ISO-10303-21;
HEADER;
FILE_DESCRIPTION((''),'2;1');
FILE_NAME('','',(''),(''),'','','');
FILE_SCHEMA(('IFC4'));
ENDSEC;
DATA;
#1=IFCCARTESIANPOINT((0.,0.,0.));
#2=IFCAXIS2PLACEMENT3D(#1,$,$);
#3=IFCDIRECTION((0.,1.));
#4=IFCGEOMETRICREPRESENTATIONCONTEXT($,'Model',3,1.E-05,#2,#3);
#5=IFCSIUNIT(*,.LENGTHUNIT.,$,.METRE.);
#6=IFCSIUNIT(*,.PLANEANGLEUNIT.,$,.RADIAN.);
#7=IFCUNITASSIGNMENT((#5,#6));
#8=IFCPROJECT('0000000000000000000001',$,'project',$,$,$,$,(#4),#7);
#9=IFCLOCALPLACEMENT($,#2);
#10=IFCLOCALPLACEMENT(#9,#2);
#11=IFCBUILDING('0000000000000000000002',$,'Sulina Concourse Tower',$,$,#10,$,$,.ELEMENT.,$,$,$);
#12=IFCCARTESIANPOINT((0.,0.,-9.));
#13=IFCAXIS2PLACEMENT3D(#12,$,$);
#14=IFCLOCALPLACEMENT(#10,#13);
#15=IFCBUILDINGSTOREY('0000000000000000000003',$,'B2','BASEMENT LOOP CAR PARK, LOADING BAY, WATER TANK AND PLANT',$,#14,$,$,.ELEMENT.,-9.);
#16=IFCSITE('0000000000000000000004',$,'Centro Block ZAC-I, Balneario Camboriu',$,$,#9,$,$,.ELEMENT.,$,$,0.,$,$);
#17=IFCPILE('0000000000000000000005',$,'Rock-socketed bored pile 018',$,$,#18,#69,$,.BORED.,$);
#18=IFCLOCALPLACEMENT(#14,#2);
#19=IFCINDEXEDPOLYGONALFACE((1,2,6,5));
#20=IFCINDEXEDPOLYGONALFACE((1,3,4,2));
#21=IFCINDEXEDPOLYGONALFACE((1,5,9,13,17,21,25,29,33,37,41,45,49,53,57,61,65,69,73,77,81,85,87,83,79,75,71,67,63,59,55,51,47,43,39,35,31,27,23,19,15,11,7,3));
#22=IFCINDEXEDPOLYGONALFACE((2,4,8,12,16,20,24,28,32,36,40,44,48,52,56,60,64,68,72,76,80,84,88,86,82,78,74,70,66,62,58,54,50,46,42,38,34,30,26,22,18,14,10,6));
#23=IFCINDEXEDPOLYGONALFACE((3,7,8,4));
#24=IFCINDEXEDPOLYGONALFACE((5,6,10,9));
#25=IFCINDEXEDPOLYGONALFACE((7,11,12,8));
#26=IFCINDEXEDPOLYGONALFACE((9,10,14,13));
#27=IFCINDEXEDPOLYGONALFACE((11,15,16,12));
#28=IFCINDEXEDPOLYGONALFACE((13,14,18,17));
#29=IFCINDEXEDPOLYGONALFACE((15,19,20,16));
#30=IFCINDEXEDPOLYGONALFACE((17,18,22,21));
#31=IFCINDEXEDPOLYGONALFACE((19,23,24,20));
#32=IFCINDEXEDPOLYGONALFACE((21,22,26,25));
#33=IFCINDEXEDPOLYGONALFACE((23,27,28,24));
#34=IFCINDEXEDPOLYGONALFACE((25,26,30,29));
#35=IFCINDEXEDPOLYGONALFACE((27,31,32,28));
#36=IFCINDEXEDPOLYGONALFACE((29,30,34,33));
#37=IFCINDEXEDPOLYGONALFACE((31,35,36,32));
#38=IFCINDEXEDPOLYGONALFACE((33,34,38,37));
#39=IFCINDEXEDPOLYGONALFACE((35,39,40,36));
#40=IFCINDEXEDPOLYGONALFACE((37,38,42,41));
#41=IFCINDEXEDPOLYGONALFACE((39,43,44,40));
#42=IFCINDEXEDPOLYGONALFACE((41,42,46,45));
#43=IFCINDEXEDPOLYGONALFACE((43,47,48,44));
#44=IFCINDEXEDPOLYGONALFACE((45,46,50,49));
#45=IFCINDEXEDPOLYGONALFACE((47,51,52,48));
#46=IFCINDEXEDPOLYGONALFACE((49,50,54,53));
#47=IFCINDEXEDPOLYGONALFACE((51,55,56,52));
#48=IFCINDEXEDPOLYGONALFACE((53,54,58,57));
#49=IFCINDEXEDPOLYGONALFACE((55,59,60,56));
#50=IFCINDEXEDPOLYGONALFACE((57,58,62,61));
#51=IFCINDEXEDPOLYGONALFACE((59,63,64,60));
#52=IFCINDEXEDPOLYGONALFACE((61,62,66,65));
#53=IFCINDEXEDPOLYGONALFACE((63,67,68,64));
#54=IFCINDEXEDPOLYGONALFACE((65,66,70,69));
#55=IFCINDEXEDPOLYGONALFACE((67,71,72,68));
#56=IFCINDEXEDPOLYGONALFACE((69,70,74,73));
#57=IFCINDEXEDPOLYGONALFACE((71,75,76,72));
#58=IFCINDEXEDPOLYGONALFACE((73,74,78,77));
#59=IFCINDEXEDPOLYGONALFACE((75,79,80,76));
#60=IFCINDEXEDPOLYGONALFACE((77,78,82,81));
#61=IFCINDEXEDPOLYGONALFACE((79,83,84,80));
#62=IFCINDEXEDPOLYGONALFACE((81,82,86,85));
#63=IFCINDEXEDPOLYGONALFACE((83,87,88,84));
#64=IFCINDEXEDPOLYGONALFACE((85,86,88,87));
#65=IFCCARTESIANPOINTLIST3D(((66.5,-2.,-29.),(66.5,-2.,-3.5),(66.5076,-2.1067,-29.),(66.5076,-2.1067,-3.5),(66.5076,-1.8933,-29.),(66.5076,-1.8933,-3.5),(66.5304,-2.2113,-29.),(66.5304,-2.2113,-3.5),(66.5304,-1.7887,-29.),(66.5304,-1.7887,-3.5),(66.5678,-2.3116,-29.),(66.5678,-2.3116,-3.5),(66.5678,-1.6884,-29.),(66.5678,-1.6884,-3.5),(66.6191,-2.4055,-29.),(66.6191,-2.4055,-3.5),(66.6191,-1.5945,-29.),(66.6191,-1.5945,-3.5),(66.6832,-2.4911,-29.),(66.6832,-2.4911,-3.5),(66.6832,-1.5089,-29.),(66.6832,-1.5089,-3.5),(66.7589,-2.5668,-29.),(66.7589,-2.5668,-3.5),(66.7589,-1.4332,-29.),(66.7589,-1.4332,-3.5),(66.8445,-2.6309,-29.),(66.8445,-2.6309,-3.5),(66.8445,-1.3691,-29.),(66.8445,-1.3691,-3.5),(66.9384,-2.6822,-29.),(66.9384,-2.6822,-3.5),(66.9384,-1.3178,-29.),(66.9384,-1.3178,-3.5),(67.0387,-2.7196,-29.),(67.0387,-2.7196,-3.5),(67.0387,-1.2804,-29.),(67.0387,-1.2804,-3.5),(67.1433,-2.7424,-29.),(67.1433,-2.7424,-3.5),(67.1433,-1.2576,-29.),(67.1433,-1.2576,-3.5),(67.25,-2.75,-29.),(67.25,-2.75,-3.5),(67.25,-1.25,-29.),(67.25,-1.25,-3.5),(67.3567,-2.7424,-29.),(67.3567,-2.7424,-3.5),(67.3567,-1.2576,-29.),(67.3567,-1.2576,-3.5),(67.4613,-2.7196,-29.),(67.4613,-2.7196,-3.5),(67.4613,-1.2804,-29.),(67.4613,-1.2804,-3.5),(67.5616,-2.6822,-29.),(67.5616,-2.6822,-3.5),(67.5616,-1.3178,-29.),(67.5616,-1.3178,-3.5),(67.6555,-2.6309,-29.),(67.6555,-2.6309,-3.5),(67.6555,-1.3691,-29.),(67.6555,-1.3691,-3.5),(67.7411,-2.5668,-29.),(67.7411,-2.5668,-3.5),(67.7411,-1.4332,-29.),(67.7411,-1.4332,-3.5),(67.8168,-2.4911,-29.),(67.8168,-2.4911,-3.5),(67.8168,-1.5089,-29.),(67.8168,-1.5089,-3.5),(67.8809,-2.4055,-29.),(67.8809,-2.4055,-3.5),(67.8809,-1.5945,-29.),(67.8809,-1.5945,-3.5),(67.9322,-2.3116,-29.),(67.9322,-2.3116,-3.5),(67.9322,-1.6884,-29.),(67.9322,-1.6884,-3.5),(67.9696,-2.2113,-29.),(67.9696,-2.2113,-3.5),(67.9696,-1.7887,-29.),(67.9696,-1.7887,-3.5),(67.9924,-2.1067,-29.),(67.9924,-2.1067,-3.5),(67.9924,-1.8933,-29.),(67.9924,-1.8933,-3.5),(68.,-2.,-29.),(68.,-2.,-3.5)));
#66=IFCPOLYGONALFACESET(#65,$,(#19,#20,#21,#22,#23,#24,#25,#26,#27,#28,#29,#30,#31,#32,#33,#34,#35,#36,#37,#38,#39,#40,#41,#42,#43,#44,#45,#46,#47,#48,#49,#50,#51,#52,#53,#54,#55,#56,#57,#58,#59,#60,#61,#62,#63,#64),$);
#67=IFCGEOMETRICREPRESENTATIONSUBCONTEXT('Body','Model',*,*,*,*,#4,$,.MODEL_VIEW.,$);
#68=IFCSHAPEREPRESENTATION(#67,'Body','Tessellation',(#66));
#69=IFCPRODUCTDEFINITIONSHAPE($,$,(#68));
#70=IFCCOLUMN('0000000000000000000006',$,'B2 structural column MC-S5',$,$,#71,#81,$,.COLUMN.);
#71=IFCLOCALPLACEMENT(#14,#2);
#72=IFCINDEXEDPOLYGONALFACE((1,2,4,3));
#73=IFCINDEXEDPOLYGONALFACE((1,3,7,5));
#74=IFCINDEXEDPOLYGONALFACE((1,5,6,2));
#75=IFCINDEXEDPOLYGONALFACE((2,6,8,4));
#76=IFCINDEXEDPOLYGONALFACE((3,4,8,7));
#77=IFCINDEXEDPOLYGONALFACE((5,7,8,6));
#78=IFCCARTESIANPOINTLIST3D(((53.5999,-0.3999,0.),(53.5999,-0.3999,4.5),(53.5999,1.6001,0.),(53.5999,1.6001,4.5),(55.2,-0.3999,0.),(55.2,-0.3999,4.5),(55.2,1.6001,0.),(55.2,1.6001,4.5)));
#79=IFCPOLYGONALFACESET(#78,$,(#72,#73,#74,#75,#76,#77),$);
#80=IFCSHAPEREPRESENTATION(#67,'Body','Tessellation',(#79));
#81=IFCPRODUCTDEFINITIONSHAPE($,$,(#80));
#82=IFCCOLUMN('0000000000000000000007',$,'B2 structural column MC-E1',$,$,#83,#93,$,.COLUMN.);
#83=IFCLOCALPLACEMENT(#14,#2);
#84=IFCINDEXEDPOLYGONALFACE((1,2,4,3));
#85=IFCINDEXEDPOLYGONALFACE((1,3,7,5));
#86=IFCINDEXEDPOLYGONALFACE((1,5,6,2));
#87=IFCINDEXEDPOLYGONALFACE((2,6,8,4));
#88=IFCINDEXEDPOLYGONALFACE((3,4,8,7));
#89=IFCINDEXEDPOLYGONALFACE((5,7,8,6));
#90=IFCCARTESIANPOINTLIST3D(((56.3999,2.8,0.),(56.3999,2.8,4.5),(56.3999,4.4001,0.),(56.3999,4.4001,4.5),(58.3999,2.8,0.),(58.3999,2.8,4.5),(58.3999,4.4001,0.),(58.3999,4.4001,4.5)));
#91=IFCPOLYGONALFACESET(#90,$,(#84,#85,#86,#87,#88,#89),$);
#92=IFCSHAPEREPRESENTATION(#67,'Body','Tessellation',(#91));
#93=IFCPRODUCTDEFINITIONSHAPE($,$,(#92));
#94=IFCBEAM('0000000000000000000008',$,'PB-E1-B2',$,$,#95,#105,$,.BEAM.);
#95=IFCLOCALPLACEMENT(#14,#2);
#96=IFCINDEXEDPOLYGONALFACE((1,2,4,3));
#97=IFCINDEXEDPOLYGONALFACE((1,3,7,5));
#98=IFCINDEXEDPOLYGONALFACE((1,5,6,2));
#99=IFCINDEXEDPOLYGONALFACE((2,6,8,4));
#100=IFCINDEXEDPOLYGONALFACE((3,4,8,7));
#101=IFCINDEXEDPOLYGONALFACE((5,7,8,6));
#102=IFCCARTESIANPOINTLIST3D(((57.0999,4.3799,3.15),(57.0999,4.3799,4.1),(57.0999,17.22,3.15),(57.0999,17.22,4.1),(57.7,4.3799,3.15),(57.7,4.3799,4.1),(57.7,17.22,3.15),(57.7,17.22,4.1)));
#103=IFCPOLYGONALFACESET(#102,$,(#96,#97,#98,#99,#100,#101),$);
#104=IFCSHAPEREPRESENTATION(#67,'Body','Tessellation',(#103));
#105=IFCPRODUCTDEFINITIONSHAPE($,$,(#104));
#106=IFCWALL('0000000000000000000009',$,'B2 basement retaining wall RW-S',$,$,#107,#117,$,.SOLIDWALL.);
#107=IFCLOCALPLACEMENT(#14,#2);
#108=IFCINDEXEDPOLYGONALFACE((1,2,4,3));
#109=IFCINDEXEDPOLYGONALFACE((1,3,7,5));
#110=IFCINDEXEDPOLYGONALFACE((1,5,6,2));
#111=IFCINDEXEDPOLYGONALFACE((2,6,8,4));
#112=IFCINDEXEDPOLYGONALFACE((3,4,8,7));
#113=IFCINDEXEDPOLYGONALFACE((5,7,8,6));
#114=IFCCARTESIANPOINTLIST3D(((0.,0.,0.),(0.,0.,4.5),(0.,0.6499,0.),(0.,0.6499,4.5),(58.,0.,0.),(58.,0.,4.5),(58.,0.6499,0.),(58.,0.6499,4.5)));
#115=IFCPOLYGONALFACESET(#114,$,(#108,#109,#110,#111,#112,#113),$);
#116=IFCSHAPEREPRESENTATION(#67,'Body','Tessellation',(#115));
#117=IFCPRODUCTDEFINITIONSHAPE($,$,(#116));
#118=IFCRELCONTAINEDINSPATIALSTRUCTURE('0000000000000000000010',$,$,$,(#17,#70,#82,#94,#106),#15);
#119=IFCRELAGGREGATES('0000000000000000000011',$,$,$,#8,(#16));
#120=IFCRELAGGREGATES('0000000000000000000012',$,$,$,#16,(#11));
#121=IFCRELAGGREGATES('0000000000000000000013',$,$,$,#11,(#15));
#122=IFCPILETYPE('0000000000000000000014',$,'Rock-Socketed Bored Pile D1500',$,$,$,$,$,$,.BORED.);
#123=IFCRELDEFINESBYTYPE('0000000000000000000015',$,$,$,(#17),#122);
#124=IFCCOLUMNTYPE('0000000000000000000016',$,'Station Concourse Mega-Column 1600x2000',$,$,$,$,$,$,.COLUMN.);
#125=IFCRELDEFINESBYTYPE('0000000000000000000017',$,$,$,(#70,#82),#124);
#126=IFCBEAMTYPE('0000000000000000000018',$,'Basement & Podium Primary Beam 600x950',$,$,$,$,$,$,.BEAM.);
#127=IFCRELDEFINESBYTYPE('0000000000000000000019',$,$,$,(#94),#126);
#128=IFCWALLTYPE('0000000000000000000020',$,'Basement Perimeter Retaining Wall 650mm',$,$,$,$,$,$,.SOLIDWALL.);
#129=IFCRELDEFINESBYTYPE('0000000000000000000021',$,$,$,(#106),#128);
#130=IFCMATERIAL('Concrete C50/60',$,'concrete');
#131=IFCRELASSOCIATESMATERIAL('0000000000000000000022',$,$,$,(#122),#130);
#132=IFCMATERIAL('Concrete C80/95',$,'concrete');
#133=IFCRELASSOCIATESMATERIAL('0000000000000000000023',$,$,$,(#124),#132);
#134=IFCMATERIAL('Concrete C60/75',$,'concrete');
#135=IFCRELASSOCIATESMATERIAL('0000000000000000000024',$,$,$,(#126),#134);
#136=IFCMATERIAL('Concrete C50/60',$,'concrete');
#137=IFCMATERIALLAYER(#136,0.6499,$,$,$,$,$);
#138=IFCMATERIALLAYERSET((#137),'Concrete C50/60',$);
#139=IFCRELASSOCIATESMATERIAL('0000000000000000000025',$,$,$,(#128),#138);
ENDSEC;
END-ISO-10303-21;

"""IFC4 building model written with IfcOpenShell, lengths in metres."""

from ifc_helpers import new_model, si_unit, direction, frame, frame_2d, origin, origin_2d, place, context, subcontext, project, spatial, rectangle, circle, extrude, material, layer, layer_set, material_profile, profile_set, type_object, element, save


model = new_model("IFC4")

# Units and contexts
model_context = context("Model", 3, precision=1e-05, world=origin(), true_north=direction((0.0, 1.0)))
body_context = subcontext(model_context, "Body", "Model", "MODEL_VIEW")
ifc_project = project(units=[si_unit("LENGTHUNIT", "METRE"), si_unit("PLANEANGLEUNIT", "RADIAN")], contexts=[model_context])

# Site, building, storey
site_placement = place(None, origin())
site = spatial("IfcSite", under=ifc_project, at=site_placement, Name="Centro Block ZAC-I, Balneario Camboriu", CompositionType="ELEMENT", RefElevation=0.0)
building_placement = place(site_placement, origin())
building = spatial("IfcBuilding", under=site, at=building_placement, Name="Sulina Concourse Tower", CompositionType="ELEMENT")
storey_placement = place(building_placement, frame((0.0, 0.0, -9.0)))
storey = spatial("IfcBuildingStorey", under=building, at=storey_placement, Name="B2", Description="BASEMENT LOOP CAR PARK, LOADING BAY, WATER TANK AND PLANT", CompositionType="ELEMENT", Elevation=-9.0)

# Pile
ifc_material_1 = material(Name="Concrete C50/60", Category="concrete")
ifc_material_profile_1 = material_profile(ifc_material_1, circle(Radius=0.75, at=origin_2d()), Name="PILE D1500")
ifc_profile_set_1 = profile_set([ifc_material_profile_1], Name="Concrete C50/60")
pile_type_1 = type_object("IfcPileType", Name="Rock-Socketed Bored Pile D1500", PredefinedType="BORED", material=ifc_profile_set_1)
for number, where, z_axis, x_axis, name in (
    (1, (67.25, -2.0, -3.5), (0.0, 0.0, -1.0), (1.0, 0.0, 0.0), "Rock-socketed bored pile 018"),
):
    element("IfcPile", number, at=place(storey_placement, frame(where, z_axis=z_axis, x_axis=x_axis)), inside=storey, type_object=pile_type_1, Name=name, PredefinedType="BORED", context=body_context, shape_type="SweptSolid", body=[
        extrude(circle(Radius=0.75, at=origin_2d()), origin(), (0.0, 0.0, 1.0), 25.5),
    ])

# Columns
ifc_material_2 = material(Name="Concrete C80/95", Category="concrete")
ifc_material_profile_2 = material_profile(ifc_material_2, rectangle(XDim=1.6001, YDim=2.0, at=origin_2d()), Name="RC 1600x2000")
ifc_profile_set_2 = profile_set([ifc_material_profile_2], Name="Concrete C80/95")
column_type = type_object("IfcColumnType", Name="Station Concourse Mega-Column 1600x2000", PredefinedType="COLUMN", material=ifc_profile_set_2)
for number, where, z_axis, x_axis, name in (
    (2, (54.3999, 0.6001, 0.0), (0.0, 0.0, 1.0), (1.0, 0.0, 0.0), "B2 structural column MC-S5"),
    (3, (57.3999, 3.6001, 0.0), (0.0, 0.0, 1.0), (0.0, 1.0, 0.0), "B2 structural column MC-E1"),
):
    element("IfcColumn", number, at=place(storey_placement, frame(where, z_axis=z_axis, x_axis=x_axis)), inside=storey, type_object=column_type, Name=name, PredefinedType="COLUMN", context=body_context, shape_type="SweptSolid", body=[
        extrude(rectangle(XDim=1.6001, YDim=2.0, at=origin_2d()), origin(), (0.0, 0.0, 1.0), 4.5),
    ])

# Beam
ifc_material_3 = material(Name="Concrete C60/75", Category="concrete")
ifc_material_profile_3 = material_profile(ifc_material_3, rectangle(XDim=0.6001, YDim=0.95, at=origin_2d()), Name="RC 600x950")
ifc_profile_set_3 = profile_set([ifc_material_profile_3], Name="Concrete C60/75")
beam_type = type_object("IfcBeamType", Name="Basement & Podium Primary Beam 600x950", PredefinedType="BEAM", material=ifc_profile_set_3)
beam_placement = place(storey_placement, frame((57.3999, 4.3799, 3.625), z_axis=(0.0, 1.0, 0.0), x_axis=(-1.0, 0.0, 0.0)))
element("IfcBeam", 4, at=beam_placement, inside=storey, type_object=beam_type, Name="PB-E1-B2", PredefinedType="BEAM", context=body_context, shape_type="SweptSolid", body=[
    extrude(rectangle(XDim=0.6001, YDim=0.95, at=origin_2d()), origin(), (0.0, 0.0, 1.0), 12.8401),
])

# Wall
ifc_material_4 = material(Name="Concrete C50/60", Category="concrete")
ifc_layer = layer(ifc_material_4, 0.6499)
ifc_layer_set = layer_set([ifc_layer], Name="Concrete C50/60")
wall_type = type_object("IfcWallType", Name="Basement Perimeter Retaining Wall 650mm", PredefinedType="SOLIDWALL", material=ifc_layer_set)
wall_placement = place(storey_placement, frame((58.0, 0.325, 0.0), z_axis=(0.0, 0.0, 1.0), x_axis=(-1.0, 0.0, 0.0)))
element("IfcWall", 5, at=wall_placement, inside=storey, type_object=wall_type, Name="B2 basement retaining wall RW-S", PredefinedType="SOLIDWALL", context=body_context, shape_type="SweptSolid", body=[
    extrude(rectangle(XDim=58.0, YDim=0.6499, at=frame_2d((29.0, 0.0))), origin(), (0.0, 0.0, 1.0), 4.5),
])

save(model, "model.ifc")
